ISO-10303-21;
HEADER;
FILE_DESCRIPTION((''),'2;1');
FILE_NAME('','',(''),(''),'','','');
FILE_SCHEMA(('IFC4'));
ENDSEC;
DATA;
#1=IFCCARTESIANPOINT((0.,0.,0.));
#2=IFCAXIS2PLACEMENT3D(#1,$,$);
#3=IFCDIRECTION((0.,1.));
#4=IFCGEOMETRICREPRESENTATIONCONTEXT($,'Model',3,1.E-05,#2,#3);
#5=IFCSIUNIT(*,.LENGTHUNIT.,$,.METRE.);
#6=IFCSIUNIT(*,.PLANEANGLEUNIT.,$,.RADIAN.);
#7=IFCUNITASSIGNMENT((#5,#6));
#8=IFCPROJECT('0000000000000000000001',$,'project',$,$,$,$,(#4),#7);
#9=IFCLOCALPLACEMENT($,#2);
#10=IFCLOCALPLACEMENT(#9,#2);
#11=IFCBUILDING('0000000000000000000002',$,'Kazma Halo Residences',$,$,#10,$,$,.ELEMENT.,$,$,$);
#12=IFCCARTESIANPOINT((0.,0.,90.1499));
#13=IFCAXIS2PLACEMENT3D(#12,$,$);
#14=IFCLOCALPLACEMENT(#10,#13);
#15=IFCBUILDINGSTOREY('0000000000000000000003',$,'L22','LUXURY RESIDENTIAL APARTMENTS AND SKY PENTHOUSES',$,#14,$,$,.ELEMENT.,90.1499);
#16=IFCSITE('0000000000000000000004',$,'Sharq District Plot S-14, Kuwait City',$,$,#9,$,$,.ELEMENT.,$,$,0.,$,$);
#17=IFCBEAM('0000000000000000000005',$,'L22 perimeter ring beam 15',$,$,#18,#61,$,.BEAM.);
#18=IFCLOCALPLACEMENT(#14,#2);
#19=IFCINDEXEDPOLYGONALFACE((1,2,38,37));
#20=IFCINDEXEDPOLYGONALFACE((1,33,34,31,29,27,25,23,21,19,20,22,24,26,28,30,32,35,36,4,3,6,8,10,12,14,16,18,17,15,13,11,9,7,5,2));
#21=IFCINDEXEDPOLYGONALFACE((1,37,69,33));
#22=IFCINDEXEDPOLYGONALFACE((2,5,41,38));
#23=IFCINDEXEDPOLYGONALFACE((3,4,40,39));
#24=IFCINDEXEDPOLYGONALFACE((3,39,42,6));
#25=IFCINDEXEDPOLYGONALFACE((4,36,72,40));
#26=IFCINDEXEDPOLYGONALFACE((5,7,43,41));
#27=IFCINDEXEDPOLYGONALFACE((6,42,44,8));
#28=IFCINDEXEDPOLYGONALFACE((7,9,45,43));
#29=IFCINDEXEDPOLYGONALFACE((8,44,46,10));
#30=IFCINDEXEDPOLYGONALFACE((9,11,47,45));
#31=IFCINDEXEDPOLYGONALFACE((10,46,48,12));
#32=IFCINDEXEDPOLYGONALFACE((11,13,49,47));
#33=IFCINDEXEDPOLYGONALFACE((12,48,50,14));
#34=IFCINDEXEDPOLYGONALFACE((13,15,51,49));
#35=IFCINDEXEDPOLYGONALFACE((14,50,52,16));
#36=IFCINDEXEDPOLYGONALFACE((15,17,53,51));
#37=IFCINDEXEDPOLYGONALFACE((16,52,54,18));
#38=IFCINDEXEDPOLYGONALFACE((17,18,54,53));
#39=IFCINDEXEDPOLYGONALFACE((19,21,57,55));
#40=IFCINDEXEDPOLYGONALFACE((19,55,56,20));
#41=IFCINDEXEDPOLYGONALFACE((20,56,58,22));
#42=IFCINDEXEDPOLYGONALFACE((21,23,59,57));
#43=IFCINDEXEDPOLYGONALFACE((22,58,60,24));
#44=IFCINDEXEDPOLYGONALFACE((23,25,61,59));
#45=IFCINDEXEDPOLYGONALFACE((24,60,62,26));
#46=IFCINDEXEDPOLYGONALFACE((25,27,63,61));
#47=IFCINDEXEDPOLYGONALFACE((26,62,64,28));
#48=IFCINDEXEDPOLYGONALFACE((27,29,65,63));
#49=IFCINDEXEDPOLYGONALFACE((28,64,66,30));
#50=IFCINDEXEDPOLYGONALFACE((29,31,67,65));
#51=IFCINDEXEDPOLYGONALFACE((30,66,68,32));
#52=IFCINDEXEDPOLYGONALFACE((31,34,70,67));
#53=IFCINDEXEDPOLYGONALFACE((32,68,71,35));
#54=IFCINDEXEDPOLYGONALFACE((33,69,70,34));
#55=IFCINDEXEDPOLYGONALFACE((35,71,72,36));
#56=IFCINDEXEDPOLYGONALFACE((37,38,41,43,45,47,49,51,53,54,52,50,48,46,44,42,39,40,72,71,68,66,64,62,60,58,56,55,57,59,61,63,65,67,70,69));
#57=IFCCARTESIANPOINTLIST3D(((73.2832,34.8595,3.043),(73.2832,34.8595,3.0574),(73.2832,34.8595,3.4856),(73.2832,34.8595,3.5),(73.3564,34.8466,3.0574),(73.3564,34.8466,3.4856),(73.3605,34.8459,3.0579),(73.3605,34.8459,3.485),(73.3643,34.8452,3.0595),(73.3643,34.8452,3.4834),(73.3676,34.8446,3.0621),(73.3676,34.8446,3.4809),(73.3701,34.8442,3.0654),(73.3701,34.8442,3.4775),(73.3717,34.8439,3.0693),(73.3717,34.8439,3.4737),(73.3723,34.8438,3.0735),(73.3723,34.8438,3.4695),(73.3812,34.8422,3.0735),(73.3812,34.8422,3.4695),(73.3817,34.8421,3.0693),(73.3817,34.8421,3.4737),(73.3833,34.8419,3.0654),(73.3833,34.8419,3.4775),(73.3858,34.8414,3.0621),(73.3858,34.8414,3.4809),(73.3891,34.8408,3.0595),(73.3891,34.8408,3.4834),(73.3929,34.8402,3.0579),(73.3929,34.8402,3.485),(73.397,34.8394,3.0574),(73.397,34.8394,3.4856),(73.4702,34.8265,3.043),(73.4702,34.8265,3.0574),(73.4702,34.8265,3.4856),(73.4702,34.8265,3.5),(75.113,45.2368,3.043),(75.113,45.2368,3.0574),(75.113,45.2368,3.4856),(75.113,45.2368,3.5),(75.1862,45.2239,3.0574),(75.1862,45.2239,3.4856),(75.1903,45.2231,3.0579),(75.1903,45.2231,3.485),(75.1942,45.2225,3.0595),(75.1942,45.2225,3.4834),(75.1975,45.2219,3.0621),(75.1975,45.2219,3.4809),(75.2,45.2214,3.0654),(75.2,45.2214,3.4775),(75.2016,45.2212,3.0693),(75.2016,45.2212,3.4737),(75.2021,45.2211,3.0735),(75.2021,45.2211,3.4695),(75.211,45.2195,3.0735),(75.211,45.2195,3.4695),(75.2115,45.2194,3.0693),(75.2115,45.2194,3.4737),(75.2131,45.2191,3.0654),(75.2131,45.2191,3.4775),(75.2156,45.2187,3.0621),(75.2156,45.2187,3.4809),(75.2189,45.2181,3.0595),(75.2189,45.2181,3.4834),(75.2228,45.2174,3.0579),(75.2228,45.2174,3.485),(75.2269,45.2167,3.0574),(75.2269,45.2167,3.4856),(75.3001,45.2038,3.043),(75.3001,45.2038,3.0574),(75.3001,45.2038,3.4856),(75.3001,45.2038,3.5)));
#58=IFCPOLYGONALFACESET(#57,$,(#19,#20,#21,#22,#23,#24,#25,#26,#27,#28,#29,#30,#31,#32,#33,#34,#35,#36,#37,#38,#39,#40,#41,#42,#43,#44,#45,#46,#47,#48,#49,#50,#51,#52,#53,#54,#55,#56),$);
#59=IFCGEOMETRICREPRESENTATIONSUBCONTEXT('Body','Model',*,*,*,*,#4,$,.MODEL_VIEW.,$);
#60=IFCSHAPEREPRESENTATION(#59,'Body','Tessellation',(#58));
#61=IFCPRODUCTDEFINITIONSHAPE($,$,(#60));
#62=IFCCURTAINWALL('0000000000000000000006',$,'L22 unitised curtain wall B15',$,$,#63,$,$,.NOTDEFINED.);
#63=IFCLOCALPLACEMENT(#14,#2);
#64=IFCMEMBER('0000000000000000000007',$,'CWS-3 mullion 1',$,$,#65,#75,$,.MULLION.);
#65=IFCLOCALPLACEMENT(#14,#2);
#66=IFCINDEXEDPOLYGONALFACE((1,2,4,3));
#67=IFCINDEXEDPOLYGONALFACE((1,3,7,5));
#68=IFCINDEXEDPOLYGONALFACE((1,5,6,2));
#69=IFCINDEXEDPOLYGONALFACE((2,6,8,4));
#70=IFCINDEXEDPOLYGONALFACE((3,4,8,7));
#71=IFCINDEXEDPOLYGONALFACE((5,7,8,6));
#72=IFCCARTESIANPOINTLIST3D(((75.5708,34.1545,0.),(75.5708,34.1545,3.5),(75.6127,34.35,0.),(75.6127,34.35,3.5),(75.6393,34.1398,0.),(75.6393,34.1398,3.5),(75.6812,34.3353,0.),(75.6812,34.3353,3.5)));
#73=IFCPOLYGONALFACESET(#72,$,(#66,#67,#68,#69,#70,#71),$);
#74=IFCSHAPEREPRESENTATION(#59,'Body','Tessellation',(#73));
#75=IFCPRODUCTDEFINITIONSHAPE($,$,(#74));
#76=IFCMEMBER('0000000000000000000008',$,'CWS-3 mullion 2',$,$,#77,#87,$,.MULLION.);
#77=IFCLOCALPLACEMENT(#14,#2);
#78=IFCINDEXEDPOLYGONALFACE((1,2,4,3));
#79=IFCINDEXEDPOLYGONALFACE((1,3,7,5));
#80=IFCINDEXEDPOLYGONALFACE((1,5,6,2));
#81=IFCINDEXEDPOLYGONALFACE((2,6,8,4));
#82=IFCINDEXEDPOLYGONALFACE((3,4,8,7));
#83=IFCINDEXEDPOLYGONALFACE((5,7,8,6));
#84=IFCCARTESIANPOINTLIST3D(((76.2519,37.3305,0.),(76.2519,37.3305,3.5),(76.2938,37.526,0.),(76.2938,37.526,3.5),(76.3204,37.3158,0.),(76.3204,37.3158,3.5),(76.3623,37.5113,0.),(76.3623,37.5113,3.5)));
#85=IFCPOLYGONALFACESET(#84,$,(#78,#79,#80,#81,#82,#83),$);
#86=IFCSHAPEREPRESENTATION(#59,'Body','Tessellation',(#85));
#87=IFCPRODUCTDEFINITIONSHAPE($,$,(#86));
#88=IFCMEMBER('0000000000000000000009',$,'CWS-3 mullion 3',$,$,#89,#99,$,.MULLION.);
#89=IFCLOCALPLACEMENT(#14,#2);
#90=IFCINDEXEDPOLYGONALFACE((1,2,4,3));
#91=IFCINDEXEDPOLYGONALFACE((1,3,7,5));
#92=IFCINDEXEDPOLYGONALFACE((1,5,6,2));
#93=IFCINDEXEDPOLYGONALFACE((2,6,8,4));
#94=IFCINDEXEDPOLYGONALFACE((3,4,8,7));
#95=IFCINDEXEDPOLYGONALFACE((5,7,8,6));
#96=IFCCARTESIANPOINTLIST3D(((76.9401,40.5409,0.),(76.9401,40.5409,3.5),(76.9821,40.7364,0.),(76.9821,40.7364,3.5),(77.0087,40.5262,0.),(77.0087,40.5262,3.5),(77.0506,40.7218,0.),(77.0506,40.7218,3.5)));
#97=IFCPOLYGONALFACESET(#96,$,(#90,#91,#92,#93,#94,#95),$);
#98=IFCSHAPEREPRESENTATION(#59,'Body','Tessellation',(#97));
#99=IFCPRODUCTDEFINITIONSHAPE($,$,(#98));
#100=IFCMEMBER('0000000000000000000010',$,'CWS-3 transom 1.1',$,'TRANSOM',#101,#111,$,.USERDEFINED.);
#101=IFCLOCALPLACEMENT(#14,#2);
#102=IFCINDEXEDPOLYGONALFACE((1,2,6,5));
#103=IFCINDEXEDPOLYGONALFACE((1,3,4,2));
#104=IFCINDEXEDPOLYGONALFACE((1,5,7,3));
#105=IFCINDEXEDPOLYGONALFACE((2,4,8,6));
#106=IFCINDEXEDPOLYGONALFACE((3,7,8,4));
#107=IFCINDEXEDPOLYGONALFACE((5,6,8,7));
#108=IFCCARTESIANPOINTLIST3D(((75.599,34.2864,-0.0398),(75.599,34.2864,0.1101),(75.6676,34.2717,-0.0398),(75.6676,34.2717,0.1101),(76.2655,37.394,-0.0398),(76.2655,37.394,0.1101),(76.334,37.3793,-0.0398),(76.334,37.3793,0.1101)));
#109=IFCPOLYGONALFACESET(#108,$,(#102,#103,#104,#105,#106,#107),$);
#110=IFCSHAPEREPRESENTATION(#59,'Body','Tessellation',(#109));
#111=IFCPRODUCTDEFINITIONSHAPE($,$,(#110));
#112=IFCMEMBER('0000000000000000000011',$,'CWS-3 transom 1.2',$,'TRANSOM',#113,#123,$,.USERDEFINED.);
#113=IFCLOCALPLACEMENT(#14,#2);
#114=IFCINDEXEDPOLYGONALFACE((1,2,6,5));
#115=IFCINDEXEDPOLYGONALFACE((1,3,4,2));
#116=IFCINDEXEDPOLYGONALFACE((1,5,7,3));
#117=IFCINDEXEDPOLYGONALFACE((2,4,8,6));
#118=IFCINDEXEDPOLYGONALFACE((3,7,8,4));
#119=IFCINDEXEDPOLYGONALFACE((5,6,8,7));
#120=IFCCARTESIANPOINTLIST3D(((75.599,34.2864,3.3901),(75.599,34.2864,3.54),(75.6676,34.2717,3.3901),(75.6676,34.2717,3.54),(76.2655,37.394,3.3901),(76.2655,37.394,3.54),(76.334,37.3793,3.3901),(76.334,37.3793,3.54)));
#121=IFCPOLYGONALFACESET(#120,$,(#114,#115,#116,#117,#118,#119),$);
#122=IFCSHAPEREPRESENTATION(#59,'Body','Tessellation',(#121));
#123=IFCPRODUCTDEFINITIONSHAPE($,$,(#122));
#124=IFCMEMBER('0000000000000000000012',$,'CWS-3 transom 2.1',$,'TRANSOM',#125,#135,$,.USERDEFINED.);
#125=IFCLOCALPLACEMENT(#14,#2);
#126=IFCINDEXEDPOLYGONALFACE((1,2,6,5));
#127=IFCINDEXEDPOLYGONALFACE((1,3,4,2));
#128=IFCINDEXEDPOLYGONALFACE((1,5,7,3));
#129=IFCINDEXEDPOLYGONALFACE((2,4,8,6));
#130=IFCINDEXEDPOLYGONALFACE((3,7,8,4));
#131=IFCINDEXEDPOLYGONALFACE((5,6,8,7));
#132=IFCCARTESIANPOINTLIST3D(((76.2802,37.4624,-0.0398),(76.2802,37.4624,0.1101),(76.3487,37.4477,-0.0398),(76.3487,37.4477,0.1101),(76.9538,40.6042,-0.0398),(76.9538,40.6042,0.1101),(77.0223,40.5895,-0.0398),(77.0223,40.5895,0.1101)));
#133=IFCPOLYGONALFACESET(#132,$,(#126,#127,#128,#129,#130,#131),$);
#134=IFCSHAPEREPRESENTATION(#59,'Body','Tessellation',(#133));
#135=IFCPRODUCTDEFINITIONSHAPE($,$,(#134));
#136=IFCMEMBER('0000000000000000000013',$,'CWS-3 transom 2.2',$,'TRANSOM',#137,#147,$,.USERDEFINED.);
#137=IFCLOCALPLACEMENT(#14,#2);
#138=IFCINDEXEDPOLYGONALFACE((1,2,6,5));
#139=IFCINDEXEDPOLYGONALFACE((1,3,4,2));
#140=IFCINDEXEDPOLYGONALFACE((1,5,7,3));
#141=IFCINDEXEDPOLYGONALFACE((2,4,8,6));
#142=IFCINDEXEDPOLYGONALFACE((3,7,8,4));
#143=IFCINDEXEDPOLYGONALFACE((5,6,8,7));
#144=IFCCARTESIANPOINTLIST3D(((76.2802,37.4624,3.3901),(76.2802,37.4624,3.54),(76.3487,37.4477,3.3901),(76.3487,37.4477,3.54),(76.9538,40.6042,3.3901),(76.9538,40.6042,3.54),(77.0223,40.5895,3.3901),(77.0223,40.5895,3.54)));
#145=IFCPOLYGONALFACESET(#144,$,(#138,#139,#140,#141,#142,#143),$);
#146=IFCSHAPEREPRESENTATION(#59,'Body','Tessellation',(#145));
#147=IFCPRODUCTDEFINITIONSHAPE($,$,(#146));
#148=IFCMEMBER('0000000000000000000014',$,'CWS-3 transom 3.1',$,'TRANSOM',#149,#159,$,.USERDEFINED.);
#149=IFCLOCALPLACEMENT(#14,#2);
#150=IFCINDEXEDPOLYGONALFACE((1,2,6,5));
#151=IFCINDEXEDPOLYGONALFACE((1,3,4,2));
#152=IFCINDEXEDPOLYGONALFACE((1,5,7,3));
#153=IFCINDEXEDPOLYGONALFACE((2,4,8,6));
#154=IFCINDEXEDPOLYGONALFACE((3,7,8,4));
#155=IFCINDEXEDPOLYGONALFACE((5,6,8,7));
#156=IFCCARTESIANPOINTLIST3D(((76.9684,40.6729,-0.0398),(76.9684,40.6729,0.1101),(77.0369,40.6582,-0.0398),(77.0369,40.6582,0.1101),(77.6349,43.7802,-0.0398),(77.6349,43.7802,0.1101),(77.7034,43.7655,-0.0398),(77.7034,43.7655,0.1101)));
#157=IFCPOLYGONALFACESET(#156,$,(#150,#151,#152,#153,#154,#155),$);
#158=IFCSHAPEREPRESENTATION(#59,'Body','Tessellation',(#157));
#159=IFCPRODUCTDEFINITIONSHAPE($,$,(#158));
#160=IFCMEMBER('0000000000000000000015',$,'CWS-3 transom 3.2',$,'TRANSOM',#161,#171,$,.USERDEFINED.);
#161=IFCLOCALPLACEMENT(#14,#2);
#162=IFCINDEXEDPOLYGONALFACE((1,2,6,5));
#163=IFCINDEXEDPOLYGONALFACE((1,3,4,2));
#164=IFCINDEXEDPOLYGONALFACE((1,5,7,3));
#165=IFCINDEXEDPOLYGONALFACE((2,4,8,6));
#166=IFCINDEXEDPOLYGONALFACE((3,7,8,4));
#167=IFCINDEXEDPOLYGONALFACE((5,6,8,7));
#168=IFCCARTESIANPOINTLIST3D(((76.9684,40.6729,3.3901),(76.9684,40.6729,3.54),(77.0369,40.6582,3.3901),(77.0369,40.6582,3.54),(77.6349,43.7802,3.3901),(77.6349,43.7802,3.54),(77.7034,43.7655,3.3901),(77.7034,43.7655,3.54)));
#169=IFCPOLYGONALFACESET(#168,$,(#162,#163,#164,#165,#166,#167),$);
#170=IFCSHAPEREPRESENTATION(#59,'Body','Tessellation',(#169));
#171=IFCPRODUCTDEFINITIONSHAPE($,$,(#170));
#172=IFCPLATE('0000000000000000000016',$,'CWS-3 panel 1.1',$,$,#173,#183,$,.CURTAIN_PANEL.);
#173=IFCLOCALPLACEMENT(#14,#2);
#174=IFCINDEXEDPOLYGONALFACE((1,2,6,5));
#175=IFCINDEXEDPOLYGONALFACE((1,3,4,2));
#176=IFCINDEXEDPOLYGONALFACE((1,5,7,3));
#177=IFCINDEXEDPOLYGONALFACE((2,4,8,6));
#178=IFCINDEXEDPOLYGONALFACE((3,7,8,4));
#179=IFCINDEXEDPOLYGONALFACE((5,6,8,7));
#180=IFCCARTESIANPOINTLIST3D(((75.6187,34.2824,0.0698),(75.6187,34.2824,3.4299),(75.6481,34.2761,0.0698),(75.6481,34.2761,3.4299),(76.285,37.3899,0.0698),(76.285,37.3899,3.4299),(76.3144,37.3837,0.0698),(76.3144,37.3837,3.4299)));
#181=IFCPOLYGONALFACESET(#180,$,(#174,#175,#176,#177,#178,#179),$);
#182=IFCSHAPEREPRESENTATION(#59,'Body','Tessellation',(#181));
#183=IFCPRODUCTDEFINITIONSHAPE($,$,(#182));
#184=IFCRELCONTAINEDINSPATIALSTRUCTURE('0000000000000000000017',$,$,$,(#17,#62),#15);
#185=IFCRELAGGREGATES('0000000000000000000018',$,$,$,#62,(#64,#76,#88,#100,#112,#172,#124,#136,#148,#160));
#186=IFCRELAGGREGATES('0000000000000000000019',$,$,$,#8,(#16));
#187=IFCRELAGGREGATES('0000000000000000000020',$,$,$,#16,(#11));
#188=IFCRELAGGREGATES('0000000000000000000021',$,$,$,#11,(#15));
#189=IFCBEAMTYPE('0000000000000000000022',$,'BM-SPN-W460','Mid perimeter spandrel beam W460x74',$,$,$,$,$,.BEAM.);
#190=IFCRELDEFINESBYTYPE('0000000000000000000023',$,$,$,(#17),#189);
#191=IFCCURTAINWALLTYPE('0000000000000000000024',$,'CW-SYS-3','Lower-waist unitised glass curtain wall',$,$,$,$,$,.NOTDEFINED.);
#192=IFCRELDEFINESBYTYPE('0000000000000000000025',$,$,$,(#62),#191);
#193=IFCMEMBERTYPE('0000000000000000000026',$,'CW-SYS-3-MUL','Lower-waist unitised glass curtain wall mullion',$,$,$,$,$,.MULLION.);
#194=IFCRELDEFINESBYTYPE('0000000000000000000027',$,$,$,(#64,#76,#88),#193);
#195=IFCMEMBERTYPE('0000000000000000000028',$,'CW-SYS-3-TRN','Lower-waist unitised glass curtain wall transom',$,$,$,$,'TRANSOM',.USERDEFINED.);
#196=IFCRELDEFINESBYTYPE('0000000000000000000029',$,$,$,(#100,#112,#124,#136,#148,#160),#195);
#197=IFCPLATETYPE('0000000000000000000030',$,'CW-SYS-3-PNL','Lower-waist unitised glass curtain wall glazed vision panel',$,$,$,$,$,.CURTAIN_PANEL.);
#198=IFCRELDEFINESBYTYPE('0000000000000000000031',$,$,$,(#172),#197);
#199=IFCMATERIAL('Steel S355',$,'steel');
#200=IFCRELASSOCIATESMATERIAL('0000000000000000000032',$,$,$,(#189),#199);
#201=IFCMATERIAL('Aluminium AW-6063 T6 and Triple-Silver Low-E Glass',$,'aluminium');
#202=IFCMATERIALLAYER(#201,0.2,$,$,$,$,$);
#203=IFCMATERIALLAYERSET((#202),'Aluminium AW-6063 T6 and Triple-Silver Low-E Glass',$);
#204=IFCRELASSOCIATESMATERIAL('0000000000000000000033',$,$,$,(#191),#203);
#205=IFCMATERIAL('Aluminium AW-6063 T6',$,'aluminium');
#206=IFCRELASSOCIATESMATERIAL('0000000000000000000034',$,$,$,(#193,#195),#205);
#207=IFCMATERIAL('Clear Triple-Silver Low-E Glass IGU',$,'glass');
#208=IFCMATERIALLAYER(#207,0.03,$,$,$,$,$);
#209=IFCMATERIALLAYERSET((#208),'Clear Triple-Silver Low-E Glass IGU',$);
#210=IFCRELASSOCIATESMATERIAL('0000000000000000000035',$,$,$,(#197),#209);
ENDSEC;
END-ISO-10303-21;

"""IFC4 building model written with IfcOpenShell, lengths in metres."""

from ifc_helpers import new_model, si_unit, direction, frame, origin, origin_2d, place, context, subcontext, project, spatial, rectangle, i_section, extrude, material, layer, layer_set, material_profile, profile_set, type_object, element, aggregate, save


model = new_model("IFC4")

# Units and contexts
model_context = context("Model", 3, precision=1e-05, world=origin(), true_north=direction((0.0, 1.0)))
body_context = subcontext(model_context, "Body", "Model", "MODEL_VIEW")
ifc_project = project(units=[si_unit("LENGTHUNIT", "METRE"), si_unit("PLANEANGLEUNIT", "RADIAN")], contexts=[model_context])

# Site, building, storey
site_placement = place(None, origin())
site = spatial("IfcSite", under=ifc_project, at=site_placement, Name="Sharq District Plot S-14, Kuwait City", CompositionType="ELEMENT", RefElevation=0.0)
building_placement = place(site_placement, origin())
building = spatial("IfcBuilding", under=site, at=building_placement, Name="Kazma Halo Residences", CompositionType="ELEMENT")
storey_placement = place(building_placement, frame((0.0, 0.0, 90.1499)))
storey = spatial("IfcBuildingStorey", under=building, at=storey_placement, Name="L22", Description="LUXURY RESIDENTIAL APARTMENTS AND SKY PENTHOUSES", CompositionType="ELEMENT", Elevation=90.1499)

# Beam
ifc_material_1 = material(Name="Steel S355", Category="steel")
ifc_material_profile_1 = material_profile(ifc_material_1, i_section(OverallWidth=0.1899, OverallDepth=0.457, WebThickness=0.009, FlangeThickness=0.0144, FilletRadius=0.0161, at=origin_2d()), Name="W460x74")
ifc_profile_set_1 = profile_set([ifc_material_profile_1], Name="Steel S355")
beam_type_1 = type_object("IfcBeamType", Name="BM-SPN-W460", Description="Mid perimeter spandrel beam W460x74", PredefinedType="BEAM", material=ifc_profile_set_1)
beam_1_placement = place(storey_placement, frame((73.3767, 34.843, 3.2715), z_axis=(0.173653, 0.984807, 0.0), x_axis=(-0.984807, 0.173653, 0.0)))
element("IfcBeam", 1, at=beam_1_placement, inside=storey, type_object=beam_type_1, Name="L22 perimeter ring beam 15", PredefinedType="BEAM", context=body_context, shape_type="SweptSolid", body=[
    extrude(i_section(OverallWidth=0.1899, OverallDepth=0.457, WebThickness=0.009, FlangeThickness=0.0144, FilletRadius=0.0161, at=origin_2d()), origin(), (0.0, 0.0, 1.0), 10.5374),
])

# Curtain wall, members, plate
ifc_material_2 = material(Name="Aluminium AW-6063 T6 and Triple-Silver Low-E Glass", Category="aluminium")
ifc_layer_1 = layer(ifc_material_2, 0.2)
ifc_layer_set_1 = layer_set([ifc_layer_1], Name="Aluminium AW-6063 T6 and Triple-Silver Low-E Glass")
curtain_wall_type = type_object("IfcCurtainWallType", Name="CW-SYS-3", Description="Lower-waist unitised glass curtain wall", PredefinedType="NOTDEFINED", material=ifc_layer_set_1)
curtain_wall_placement = place(storey_placement, origin())
curtain_wall = element("IfcCurtainWall", 2, at=curtain_wall_placement, inside=storey, type_object=curtain_wall_type, Name="L22 unitised curtain wall B15", PredefinedType="NOTDEFINED")
ifc_material_3 = material(Name="Aluminium AW-6063 T6", Category="aluminium")
ifc_material_profile_2 = material_profile(ifc_material_3, rectangle(XDim=0.0701, YDim=0.2, at=origin_2d()), Name="CWM-70x200")
ifc_profile_set_2 = profile_set([ifc_material_profile_2], Name="Aluminium AW-6063 T6")
member_type_1 = type_object("IfcMemberType", Name="CW-SYS-3-MUL", Description="Lower-waist unitised glass curtain wall mullion", PredefinedType="MULLION", material=ifc_profile_set_2)
member_1_placement = place(storey_placement, frame((75.626, 34.2449, 0.0), z_axis=(0.0, 0.0, 1.0), x_axis=(-0.977774, 0.209661, 0.0)))
member_1 = element("IfcMember", 3, at=member_1_placement, type_object=member_type_1, Name="CWS-3 mullion 1", PredefinedType="MULLION", context=body_context, shape_type="SweptSolid", body=[
    extrude(rectangle(XDim=0.0701, YDim=0.2, at=origin_2d()), origin(), (0.0, 0.0, 1.0), 3.5),
])
member_2_placement = place(storey_placement, frame((76.3071, 37.4209, 0.0), z_axis=(0.0, 0.0, 1.0), x_axis=(-0.977774, 0.209661, 0.0)))
member_2 = element("IfcMember", 4, at=member_2_placement, type_object=member_type_1, Name="CWS-3 mullion 2", PredefinedType="MULLION", context=body_context, shape_type="SweptSolid", body=[
    extrude(rectangle(XDim=0.0701, YDim=0.2, at=origin_2d()), origin(), (0.0, 0.0, 1.0), 3.5),
])
member_3_placement = place(storey_placement, frame((76.9954, 40.6313, 0.0), z_axis=(0.0, 0.0, 1.0), x_axis=(-0.977774, 0.209661, 0.0)))
member_3 = element("IfcMember", 5, at=member_3_placement, type_object=member_type_1, Name="CWS-3 mullion 3", PredefinedType="MULLION", context=body_context, shape_type="SweptSolid", body=[
    extrude(rectangle(XDim=0.0701, YDim=0.2, at=origin_2d()), origin(), (0.0, 0.0, 1.0), 3.5),
])
ifc_material_profile_3 = material_profile(ifc_material_3, rectangle(XDim=0.0701, YDim=0.1499, at=origin_2d()), Name="CWT-70x150")
ifc_profile_set_3 = profile_set([ifc_material_profile_3], Name="Aluminium AW-6063 T6")
member_type_2 = type_object("IfcMemberType", Name="CW-SYS-3-TRN", Description="Lower-waist unitised glass curtain wall transom", ElementType="TRANSOM", PredefinedType="USERDEFINED", material=ifc_profile_set_3)
member_4_placement = place(storey_placement, frame((75.6333, 34.2791, 0.0352), z_axis=(0.209702, 0.977765, 0.0), x_axis=(-0.977765, 0.209702, 0.0)))
member_4 = element("IfcMember", 6, at=member_4_placement, type_object=member_type_2, Name="CWS-3 transom 1.1", ObjectType="TRANSOM", PredefinedType="USERDEFINED", context=body_context, shape_type="SweptSolid", body=[
    extrude(rectangle(XDim=0.0701, YDim=0.1499, at=origin_2d()), origin(), (0.0, 0.0, 1.0), 3.1782),
])
member_5_placement = place(storey_placement, frame((75.6333, 34.2791, 3.4651), z_axis=(0.209702, 0.977765, 0.0), x_axis=(-0.977765, 0.209702, 0.0)))
member_5 = element("IfcMember", 7, at=member_5_placement, type_object=member_type_2, Name="CWS-3 transom 1.2", ObjectType="TRANSOM", PredefinedType="USERDEFINED", context=body_context, shape_type="SweptSolid", body=[
    extrude(rectangle(XDim=0.0701, YDim=0.1499, at=origin_2d()), origin(), (0.0, 0.0, 1.0), 3.1782),
])
member_6_placement = place(storey_placement, frame((76.3145, 37.4551, 0.0352), z_axis=(0.209628, 0.977781, 0.0), x_axis=(-0.977781, 0.209628, 0.0)))
member_6 = element("IfcMember", 8, at=member_6_placement, type_object=member_type_2, Name="CWS-3 transom 2.1", ObjectType="TRANSOM", PredefinedType="USERDEFINED", context=body_context, shape_type="SweptSolid", body=[
    extrude(rectangle(XDim=0.0701, YDim=0.1499, at=origin_2d()), origin(), (0.0, 0.0, 1.0), 3.2131),
])
member_7_placement = place(storey_placement, frame((76.3145, 37.4551, 3.4651), z_axis=(0.209628, 0.977781, 0.0), x_axis=(-0.977781, 0.209628, 0.0)))
member_7 = element("IfcMember", 9, at=member_7_placement, type_object=member_type_2, Name="CWS-3 transom 2.2", ObjectType="TRANSOM", PredefinedType="USERDEFINED", context=body_context, shape_type="SweptSolid", body=[
    extrude(rectangle(XDim=0.0701, YDim=0.1499, at=origin_2d()), origin(), (0.0, 0.0, 1.0), 3.2131),
])
member_8_placement = place(storey_placement, frame((77.0027, 40.6655, 0.0352), z_axis=(0.209718, 0.977762, 0.0), x_axis=(-0.977762, 0.209718, 0.0)))
member_8 = element("IfcMember", 10, at=member_8_placement, type_object=member_type_2, Name="CWS-3 transom 3.1", ObjectType="TRANSOM", PredefinedType="USERDEFINED", context=body_context, shape_type="SweptSolid", body=[
    extrude(rectangle(XDim=0.0701, YDim=0.1499, at=origin_2d()), origin(), (0.0, 0.0, 1.0), 3.178),
])
member_9_placement = place(storey_placement, frame((77.0027, 40.6655, 3.4651), z_axis=(0.209718, 0.977762, 0.0), x_axis=(-0.977762, 0.209718, 0.0)))
member_9 = element("IfcMember", 11, at=member_9_placement, type_object=member_type_2, Name="CWS-3 transom 3.2", ObjectType="TRANSOM", PredefinedType="USERDEFINED", context=body_context, shape_type="SweptSolid", body=[
    extrude(rectangle(XDim=0.0701, YDim=0.1499, at=origin_2d()), origin(), (0.0, 0.0, 1.0), 3.178),
])
ifc_material_4 = material(Name="Clear Triple-Silver Low-E Glass IGU", Category="glass")
ifc_layer_2 = layer(ifc_material_4, 0.03)
ifc_layer_set_2 = layer_set([ifc_layer_2], Name="Clear Triple-Silver Low-E Glass IGU")
plate_type = type_object("IfcPlateType", Name="CW-SYS-3-PNL", Description="Lower-waist unitised glass curtain wall glazed vision panel", PredefinedType="CURTAIN_PANEL", material=ifc_layer_set_2)
plate_1_placement = place(storey_placement, frame((75.9666, 35.833, 0.0698), z_axis=(0.0, 0.0, 1.0), x_axis=(0.209661, 0.977774, 0.0)))
plate_1 = element("IfcPlate", 12, at=plate_1_placement, type_object=plate_type, Name="CWS-3 panel 1.1", PredefinedType="CURTAIN_PANEL", context=body_context, shape_type="SweptSolid", body=[
    extrude(rectangle(XDim=3.1782, YDim=0.03, at=origin_2d()), origin(), (0.0, 0.0, 1.0), 3.3601),
])
aggregate(curtain_wall, [member_1, member_2, member_3, member_4, member_5, plate_1, member_6, member_7, member_8, member_9])

save(model, "model.ifc")
